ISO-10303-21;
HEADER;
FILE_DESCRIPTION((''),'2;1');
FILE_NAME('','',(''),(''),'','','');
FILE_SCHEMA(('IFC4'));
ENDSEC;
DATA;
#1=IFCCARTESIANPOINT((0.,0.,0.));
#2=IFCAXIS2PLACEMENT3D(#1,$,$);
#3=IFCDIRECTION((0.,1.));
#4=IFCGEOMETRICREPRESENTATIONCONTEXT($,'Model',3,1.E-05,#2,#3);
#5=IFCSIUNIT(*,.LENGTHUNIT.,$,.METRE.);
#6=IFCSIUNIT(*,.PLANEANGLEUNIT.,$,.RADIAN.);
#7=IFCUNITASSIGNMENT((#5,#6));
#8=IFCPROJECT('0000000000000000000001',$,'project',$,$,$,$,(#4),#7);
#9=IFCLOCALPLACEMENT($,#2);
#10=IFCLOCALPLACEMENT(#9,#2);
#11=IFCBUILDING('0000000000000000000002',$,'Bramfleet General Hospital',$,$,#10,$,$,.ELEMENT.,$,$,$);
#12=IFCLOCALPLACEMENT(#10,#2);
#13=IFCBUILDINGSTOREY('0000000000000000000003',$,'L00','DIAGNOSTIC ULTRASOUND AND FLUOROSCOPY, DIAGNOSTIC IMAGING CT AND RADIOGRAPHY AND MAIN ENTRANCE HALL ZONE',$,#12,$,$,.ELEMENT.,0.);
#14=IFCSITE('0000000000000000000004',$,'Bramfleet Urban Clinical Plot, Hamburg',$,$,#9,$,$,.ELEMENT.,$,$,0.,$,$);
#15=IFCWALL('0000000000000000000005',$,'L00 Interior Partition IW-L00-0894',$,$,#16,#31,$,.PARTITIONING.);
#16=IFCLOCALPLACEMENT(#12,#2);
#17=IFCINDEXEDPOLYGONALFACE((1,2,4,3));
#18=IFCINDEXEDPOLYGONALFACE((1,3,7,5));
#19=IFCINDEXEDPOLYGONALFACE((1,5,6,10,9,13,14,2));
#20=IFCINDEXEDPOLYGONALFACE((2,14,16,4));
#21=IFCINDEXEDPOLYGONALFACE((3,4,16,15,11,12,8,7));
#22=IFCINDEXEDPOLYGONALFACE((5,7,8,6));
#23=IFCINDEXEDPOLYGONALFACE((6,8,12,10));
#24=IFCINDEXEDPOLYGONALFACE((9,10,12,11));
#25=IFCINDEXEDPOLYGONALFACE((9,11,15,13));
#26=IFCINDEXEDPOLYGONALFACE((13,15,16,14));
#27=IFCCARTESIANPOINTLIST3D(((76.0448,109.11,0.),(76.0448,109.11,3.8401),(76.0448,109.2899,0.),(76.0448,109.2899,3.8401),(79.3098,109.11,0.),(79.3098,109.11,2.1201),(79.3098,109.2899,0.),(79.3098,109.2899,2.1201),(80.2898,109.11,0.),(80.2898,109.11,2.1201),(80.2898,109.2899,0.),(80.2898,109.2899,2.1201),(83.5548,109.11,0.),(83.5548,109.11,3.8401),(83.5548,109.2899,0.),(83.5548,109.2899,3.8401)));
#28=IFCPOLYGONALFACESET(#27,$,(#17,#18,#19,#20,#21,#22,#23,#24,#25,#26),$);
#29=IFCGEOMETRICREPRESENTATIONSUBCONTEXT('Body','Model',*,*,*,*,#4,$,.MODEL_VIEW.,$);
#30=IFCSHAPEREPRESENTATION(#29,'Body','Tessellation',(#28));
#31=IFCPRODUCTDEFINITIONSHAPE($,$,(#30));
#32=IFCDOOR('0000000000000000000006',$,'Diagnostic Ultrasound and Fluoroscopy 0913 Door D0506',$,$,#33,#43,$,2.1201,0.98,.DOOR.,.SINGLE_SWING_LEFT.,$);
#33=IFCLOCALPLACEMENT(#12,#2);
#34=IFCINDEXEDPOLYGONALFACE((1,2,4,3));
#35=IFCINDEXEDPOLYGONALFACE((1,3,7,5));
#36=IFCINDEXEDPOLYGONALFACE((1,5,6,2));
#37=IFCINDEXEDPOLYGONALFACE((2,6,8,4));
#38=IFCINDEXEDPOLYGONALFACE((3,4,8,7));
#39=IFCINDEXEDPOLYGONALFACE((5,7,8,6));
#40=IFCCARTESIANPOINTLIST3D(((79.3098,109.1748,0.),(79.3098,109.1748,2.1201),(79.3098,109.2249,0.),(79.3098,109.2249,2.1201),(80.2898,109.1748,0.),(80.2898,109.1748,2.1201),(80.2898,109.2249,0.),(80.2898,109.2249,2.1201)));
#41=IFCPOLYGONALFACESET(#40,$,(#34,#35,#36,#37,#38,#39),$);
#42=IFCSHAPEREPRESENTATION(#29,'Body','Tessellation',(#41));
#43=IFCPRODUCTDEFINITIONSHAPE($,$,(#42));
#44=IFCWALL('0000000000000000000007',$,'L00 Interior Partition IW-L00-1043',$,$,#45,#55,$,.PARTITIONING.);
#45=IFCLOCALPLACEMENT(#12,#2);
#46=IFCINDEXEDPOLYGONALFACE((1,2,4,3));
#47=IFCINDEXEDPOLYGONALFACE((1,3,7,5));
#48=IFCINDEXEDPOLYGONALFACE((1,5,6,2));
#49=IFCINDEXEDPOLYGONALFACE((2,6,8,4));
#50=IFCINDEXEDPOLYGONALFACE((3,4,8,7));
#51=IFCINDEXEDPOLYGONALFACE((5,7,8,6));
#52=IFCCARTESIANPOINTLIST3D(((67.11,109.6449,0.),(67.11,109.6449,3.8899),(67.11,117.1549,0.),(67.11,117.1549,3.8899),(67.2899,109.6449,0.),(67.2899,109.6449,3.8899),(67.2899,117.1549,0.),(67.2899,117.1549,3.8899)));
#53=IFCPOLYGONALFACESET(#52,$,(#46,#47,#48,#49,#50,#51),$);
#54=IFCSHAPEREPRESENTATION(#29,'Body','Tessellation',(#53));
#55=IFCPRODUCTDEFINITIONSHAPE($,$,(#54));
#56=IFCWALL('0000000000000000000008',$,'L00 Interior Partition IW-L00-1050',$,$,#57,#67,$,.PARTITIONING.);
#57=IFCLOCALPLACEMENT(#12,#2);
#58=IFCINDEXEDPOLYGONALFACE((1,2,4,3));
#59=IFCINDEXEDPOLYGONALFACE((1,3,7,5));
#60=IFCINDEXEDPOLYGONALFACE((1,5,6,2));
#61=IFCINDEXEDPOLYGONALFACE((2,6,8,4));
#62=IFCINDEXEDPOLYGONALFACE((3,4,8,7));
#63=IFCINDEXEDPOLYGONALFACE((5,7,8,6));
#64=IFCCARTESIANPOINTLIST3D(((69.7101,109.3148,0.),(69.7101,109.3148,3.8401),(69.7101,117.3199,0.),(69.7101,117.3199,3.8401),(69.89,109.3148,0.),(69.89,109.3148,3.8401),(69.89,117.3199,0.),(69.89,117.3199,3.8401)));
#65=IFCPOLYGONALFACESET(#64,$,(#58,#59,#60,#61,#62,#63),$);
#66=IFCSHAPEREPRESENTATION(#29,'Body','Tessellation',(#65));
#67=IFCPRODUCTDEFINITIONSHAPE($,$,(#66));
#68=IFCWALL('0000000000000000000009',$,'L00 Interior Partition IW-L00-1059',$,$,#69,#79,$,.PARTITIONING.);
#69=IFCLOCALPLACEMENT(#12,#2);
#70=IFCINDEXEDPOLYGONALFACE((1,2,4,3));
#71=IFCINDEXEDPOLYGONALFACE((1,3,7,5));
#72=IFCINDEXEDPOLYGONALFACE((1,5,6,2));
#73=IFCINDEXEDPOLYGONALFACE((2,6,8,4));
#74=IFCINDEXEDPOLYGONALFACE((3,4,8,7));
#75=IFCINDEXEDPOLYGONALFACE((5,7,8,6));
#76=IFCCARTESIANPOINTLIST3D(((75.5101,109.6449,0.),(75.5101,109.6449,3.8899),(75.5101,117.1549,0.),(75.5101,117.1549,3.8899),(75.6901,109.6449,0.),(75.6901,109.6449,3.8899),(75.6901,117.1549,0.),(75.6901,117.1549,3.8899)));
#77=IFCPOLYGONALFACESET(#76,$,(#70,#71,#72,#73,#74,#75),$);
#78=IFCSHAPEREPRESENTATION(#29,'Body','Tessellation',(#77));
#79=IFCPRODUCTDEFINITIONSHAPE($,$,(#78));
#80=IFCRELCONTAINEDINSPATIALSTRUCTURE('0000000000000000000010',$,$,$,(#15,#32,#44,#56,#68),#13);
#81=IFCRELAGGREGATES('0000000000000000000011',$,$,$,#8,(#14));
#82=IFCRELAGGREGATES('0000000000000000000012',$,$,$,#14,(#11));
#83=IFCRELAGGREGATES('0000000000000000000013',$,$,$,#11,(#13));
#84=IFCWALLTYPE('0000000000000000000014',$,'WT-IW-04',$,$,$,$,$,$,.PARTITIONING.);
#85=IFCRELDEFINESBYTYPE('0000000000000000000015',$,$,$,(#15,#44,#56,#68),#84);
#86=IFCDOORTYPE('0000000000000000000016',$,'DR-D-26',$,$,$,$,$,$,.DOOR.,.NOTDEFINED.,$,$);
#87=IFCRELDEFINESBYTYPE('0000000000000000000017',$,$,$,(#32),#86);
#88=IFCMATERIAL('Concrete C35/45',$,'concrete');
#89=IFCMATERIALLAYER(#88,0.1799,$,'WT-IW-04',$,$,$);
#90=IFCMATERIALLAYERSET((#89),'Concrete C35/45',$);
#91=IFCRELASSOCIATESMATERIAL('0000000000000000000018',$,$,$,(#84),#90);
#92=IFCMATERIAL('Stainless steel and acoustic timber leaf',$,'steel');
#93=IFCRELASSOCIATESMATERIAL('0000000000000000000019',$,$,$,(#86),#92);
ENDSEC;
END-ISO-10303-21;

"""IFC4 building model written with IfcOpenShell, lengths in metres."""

from ifc_helpers import new_model, si_unit, direction, frame, frame_2d, origin, place, context, subcontext, project, spatial, rectangle, extrude, material, layer, layer_set, type_object, element, fill, save


model = new_model("IFC4")

# Units and contexts
model_context = context("Model", 3, precision=1e-05, world=origin(), true_north=direction((0.0, 1.0)))
body_context = subcontext(model_context, "Body", "Model", "MODEL_VIEW")
ifc_project = project(units=[si_unit("LENGTHUNIT", "METRE"), si_unit("PLANEANGLEUNIT", "RADIAN")], contexts=[model_context])

# Site, building, storey
site_placement = place(None, origin())
site = spatial("IfcSite", under=ifc_project, at=site_placement, Name="Bramfleet Urban Clinical Plot, Hamburg", CompositionType="ELEMENT", RefElevation=0.0)
building_placement = place(site_placement, origin())
building = spatial("IfcBuilding", under=site, at=building_placement, Name="Bramfleet General Hospital", CompositionType="ELEMENT")
storey_placement = place(building_placement, origin())
storey = spatial("IfcBuildingStorey", under=building, at=storey_placement, Name="L00", Description="DIAGNOSTIC ULTRASOUND AND FLUOROSCOPY, DIAGNOSTIC IMAGING CT AND RADIOGRAPHY AND MAIN ENTRANCE HALL ZONE", CompositionType="ELEMENT", Elevation=0.0)

# Shared definitions
ifc_material_1 = material(Name="Concrete C35/45", Category="concrete")

# Wall, opening, door
ifc_layer_1 = layer(ifc_material_1, 0.1799, Name="WT-IW-04")
ifc_layer_set_1 = layer_set([ifc_layer_1], Name="Concrete C35/45")
wall_type_1 = type_object("IfcWallType", Name="WT-IW-04", PredefinedType="PARTITIONING", material=ifc_layer_set_1)
ifc_material_2 = material(Name="Stainless steel and acoustic timber leaf", Category="steel")
wall_1_placement = place(storey_placement, frame((76.0449, 109.2, 0.0), z_axis=(0.0, 0.0, 1.0), x_axis=(1.0, 0.0, 0.0)))
wall_1 = element("IfcWall", 1, at=wall_1_placement, inside=storey, type_object=wall_type_1, Name="L00 Interior Partition IW-L00-0894", PredefinedType="PARTITIONING", context=body_context, shape_type="SweptSolid", body=[
    extrude(rectangle(XDim=7.51, YDim=0.1799, at=frame_2d((3.7549, 0.0))), origin(), (0.0, 0.0, 1.0), 3.8401),
])
opening_1_placement = place(wall_1_placement, frame((3.2649, 0.0, 0.0)))
opening_1 = element("IfcOpeningElement", 2, at=opening_1_placement, cuts=wall_1, PredefinedType="OPENING", context=body_context, shape_type="SweptSolid", body=[
    extrude(rectangle(XDim=0.98, YDim=2.1201, at=frame_2d((0.49, 1.0601))), frame((0.0, 0.0999, 0.0), z_axis=(0.0, -1.0, 0.0), x_axis=(1.0, 0.0, 0.0)), (0.0, 0.0, 1.0), 0.2),
])
door_type_1 = type_object("IfcDoorType", Name="DR-D-26", OperationType="NOTDEFINED", PredefinedType="DOOR", material=ifc_material_2)
door_1_placement = place(opening_1_placement, origin())
door_1 = element("IfcDoor", 3, at=door_1_placement, inside=storey, type_object=door_type_1, Name="Diagnostic Ultrasound and Fluoroscopy 0913 Door D0506", OperationType="SINGLE_SWING_LEFT", OverallHeight=2.1201, OverallWidth=0.98, PredefinedType="DOOR", context=body_context, shape_type="SweptSolid", body=[
    extrude(rectangle(XDim=0.98, YDim=2.1201, at=frame_2d((0.49, 1.0601))), frame((0.0, 0.0249, 0.0), z_axis=(0.0, -1.0, 0.0), x_axis=(1.0, 0.0, 0.0)), (0.0, 0.0, 1.0), 0.05),
])
fill(opening_1, door_1)

# Walls
wall_2_placement = place(storey_placement, frame((67.2, 109.645, 0.0), z_axis=(0.0, 0.0, 1.0), x_axis=(0.0, 1.0, 0.0)))
element("IfcWall", 4, at=wall_2_placement, inside=storey, type_object=wall_type_1, Name="L00 Interior Partition IW-L00-1043", PredefinedType="PARTITIONING", context=body_context, shape_type="SweptSolid", body=[
    extrude(rectangle(XDim=7.51, YDim=0.1799, at=frame_2d((3.7549, 0.0))), origin(), (0.0, 0.0, 1.0), 3.8899),
])
wall_3_placement = place(storey_placement, frame((69.8, 109.3149, 0.0), z_axis=(0.0, 0.0, 1.0), x_axis=(0.0, 1.0, 0.0)))
element("IfcWall", 5, at=wall_3_placement, inside=storey, type_object=wall_type_1, Name="L00 Interior Partition IW-L00-1050", PredefinedType="PARTITIONING", context=body_context, shape_type="SweptSolid", body=[
    extrude(rectangle(XDim=8.0051, YDim=0.1799, at=frame_2d((4.0024, 0.0))), origin(), (0.0, 0.0, 1.0), 3.8401),
])
wall_4_placement = place(storey_placement, frame((75.6001, 109.645, 0.0), z_axis=(0.0, 0.0, 1.0), x_axis=(0.0, 1.0, 0.0)))
element("IfcWall", 6, at=wall_4_placement, inside=storey, type_object=wall_type_1, Name="L00 Interior Partition IW-L00-1059", PredefinedType="PARTITIONING", context=body_context, shape_type="SweptSolid", body=[
    extrude(rectangle(XDim=7.51, YDim=0.1799, at=frame_2d((3.7549, 0.0))), origin(), (0.0, 0.0, 1.0), 3.8899),
])

save(model, "model.ifc")
